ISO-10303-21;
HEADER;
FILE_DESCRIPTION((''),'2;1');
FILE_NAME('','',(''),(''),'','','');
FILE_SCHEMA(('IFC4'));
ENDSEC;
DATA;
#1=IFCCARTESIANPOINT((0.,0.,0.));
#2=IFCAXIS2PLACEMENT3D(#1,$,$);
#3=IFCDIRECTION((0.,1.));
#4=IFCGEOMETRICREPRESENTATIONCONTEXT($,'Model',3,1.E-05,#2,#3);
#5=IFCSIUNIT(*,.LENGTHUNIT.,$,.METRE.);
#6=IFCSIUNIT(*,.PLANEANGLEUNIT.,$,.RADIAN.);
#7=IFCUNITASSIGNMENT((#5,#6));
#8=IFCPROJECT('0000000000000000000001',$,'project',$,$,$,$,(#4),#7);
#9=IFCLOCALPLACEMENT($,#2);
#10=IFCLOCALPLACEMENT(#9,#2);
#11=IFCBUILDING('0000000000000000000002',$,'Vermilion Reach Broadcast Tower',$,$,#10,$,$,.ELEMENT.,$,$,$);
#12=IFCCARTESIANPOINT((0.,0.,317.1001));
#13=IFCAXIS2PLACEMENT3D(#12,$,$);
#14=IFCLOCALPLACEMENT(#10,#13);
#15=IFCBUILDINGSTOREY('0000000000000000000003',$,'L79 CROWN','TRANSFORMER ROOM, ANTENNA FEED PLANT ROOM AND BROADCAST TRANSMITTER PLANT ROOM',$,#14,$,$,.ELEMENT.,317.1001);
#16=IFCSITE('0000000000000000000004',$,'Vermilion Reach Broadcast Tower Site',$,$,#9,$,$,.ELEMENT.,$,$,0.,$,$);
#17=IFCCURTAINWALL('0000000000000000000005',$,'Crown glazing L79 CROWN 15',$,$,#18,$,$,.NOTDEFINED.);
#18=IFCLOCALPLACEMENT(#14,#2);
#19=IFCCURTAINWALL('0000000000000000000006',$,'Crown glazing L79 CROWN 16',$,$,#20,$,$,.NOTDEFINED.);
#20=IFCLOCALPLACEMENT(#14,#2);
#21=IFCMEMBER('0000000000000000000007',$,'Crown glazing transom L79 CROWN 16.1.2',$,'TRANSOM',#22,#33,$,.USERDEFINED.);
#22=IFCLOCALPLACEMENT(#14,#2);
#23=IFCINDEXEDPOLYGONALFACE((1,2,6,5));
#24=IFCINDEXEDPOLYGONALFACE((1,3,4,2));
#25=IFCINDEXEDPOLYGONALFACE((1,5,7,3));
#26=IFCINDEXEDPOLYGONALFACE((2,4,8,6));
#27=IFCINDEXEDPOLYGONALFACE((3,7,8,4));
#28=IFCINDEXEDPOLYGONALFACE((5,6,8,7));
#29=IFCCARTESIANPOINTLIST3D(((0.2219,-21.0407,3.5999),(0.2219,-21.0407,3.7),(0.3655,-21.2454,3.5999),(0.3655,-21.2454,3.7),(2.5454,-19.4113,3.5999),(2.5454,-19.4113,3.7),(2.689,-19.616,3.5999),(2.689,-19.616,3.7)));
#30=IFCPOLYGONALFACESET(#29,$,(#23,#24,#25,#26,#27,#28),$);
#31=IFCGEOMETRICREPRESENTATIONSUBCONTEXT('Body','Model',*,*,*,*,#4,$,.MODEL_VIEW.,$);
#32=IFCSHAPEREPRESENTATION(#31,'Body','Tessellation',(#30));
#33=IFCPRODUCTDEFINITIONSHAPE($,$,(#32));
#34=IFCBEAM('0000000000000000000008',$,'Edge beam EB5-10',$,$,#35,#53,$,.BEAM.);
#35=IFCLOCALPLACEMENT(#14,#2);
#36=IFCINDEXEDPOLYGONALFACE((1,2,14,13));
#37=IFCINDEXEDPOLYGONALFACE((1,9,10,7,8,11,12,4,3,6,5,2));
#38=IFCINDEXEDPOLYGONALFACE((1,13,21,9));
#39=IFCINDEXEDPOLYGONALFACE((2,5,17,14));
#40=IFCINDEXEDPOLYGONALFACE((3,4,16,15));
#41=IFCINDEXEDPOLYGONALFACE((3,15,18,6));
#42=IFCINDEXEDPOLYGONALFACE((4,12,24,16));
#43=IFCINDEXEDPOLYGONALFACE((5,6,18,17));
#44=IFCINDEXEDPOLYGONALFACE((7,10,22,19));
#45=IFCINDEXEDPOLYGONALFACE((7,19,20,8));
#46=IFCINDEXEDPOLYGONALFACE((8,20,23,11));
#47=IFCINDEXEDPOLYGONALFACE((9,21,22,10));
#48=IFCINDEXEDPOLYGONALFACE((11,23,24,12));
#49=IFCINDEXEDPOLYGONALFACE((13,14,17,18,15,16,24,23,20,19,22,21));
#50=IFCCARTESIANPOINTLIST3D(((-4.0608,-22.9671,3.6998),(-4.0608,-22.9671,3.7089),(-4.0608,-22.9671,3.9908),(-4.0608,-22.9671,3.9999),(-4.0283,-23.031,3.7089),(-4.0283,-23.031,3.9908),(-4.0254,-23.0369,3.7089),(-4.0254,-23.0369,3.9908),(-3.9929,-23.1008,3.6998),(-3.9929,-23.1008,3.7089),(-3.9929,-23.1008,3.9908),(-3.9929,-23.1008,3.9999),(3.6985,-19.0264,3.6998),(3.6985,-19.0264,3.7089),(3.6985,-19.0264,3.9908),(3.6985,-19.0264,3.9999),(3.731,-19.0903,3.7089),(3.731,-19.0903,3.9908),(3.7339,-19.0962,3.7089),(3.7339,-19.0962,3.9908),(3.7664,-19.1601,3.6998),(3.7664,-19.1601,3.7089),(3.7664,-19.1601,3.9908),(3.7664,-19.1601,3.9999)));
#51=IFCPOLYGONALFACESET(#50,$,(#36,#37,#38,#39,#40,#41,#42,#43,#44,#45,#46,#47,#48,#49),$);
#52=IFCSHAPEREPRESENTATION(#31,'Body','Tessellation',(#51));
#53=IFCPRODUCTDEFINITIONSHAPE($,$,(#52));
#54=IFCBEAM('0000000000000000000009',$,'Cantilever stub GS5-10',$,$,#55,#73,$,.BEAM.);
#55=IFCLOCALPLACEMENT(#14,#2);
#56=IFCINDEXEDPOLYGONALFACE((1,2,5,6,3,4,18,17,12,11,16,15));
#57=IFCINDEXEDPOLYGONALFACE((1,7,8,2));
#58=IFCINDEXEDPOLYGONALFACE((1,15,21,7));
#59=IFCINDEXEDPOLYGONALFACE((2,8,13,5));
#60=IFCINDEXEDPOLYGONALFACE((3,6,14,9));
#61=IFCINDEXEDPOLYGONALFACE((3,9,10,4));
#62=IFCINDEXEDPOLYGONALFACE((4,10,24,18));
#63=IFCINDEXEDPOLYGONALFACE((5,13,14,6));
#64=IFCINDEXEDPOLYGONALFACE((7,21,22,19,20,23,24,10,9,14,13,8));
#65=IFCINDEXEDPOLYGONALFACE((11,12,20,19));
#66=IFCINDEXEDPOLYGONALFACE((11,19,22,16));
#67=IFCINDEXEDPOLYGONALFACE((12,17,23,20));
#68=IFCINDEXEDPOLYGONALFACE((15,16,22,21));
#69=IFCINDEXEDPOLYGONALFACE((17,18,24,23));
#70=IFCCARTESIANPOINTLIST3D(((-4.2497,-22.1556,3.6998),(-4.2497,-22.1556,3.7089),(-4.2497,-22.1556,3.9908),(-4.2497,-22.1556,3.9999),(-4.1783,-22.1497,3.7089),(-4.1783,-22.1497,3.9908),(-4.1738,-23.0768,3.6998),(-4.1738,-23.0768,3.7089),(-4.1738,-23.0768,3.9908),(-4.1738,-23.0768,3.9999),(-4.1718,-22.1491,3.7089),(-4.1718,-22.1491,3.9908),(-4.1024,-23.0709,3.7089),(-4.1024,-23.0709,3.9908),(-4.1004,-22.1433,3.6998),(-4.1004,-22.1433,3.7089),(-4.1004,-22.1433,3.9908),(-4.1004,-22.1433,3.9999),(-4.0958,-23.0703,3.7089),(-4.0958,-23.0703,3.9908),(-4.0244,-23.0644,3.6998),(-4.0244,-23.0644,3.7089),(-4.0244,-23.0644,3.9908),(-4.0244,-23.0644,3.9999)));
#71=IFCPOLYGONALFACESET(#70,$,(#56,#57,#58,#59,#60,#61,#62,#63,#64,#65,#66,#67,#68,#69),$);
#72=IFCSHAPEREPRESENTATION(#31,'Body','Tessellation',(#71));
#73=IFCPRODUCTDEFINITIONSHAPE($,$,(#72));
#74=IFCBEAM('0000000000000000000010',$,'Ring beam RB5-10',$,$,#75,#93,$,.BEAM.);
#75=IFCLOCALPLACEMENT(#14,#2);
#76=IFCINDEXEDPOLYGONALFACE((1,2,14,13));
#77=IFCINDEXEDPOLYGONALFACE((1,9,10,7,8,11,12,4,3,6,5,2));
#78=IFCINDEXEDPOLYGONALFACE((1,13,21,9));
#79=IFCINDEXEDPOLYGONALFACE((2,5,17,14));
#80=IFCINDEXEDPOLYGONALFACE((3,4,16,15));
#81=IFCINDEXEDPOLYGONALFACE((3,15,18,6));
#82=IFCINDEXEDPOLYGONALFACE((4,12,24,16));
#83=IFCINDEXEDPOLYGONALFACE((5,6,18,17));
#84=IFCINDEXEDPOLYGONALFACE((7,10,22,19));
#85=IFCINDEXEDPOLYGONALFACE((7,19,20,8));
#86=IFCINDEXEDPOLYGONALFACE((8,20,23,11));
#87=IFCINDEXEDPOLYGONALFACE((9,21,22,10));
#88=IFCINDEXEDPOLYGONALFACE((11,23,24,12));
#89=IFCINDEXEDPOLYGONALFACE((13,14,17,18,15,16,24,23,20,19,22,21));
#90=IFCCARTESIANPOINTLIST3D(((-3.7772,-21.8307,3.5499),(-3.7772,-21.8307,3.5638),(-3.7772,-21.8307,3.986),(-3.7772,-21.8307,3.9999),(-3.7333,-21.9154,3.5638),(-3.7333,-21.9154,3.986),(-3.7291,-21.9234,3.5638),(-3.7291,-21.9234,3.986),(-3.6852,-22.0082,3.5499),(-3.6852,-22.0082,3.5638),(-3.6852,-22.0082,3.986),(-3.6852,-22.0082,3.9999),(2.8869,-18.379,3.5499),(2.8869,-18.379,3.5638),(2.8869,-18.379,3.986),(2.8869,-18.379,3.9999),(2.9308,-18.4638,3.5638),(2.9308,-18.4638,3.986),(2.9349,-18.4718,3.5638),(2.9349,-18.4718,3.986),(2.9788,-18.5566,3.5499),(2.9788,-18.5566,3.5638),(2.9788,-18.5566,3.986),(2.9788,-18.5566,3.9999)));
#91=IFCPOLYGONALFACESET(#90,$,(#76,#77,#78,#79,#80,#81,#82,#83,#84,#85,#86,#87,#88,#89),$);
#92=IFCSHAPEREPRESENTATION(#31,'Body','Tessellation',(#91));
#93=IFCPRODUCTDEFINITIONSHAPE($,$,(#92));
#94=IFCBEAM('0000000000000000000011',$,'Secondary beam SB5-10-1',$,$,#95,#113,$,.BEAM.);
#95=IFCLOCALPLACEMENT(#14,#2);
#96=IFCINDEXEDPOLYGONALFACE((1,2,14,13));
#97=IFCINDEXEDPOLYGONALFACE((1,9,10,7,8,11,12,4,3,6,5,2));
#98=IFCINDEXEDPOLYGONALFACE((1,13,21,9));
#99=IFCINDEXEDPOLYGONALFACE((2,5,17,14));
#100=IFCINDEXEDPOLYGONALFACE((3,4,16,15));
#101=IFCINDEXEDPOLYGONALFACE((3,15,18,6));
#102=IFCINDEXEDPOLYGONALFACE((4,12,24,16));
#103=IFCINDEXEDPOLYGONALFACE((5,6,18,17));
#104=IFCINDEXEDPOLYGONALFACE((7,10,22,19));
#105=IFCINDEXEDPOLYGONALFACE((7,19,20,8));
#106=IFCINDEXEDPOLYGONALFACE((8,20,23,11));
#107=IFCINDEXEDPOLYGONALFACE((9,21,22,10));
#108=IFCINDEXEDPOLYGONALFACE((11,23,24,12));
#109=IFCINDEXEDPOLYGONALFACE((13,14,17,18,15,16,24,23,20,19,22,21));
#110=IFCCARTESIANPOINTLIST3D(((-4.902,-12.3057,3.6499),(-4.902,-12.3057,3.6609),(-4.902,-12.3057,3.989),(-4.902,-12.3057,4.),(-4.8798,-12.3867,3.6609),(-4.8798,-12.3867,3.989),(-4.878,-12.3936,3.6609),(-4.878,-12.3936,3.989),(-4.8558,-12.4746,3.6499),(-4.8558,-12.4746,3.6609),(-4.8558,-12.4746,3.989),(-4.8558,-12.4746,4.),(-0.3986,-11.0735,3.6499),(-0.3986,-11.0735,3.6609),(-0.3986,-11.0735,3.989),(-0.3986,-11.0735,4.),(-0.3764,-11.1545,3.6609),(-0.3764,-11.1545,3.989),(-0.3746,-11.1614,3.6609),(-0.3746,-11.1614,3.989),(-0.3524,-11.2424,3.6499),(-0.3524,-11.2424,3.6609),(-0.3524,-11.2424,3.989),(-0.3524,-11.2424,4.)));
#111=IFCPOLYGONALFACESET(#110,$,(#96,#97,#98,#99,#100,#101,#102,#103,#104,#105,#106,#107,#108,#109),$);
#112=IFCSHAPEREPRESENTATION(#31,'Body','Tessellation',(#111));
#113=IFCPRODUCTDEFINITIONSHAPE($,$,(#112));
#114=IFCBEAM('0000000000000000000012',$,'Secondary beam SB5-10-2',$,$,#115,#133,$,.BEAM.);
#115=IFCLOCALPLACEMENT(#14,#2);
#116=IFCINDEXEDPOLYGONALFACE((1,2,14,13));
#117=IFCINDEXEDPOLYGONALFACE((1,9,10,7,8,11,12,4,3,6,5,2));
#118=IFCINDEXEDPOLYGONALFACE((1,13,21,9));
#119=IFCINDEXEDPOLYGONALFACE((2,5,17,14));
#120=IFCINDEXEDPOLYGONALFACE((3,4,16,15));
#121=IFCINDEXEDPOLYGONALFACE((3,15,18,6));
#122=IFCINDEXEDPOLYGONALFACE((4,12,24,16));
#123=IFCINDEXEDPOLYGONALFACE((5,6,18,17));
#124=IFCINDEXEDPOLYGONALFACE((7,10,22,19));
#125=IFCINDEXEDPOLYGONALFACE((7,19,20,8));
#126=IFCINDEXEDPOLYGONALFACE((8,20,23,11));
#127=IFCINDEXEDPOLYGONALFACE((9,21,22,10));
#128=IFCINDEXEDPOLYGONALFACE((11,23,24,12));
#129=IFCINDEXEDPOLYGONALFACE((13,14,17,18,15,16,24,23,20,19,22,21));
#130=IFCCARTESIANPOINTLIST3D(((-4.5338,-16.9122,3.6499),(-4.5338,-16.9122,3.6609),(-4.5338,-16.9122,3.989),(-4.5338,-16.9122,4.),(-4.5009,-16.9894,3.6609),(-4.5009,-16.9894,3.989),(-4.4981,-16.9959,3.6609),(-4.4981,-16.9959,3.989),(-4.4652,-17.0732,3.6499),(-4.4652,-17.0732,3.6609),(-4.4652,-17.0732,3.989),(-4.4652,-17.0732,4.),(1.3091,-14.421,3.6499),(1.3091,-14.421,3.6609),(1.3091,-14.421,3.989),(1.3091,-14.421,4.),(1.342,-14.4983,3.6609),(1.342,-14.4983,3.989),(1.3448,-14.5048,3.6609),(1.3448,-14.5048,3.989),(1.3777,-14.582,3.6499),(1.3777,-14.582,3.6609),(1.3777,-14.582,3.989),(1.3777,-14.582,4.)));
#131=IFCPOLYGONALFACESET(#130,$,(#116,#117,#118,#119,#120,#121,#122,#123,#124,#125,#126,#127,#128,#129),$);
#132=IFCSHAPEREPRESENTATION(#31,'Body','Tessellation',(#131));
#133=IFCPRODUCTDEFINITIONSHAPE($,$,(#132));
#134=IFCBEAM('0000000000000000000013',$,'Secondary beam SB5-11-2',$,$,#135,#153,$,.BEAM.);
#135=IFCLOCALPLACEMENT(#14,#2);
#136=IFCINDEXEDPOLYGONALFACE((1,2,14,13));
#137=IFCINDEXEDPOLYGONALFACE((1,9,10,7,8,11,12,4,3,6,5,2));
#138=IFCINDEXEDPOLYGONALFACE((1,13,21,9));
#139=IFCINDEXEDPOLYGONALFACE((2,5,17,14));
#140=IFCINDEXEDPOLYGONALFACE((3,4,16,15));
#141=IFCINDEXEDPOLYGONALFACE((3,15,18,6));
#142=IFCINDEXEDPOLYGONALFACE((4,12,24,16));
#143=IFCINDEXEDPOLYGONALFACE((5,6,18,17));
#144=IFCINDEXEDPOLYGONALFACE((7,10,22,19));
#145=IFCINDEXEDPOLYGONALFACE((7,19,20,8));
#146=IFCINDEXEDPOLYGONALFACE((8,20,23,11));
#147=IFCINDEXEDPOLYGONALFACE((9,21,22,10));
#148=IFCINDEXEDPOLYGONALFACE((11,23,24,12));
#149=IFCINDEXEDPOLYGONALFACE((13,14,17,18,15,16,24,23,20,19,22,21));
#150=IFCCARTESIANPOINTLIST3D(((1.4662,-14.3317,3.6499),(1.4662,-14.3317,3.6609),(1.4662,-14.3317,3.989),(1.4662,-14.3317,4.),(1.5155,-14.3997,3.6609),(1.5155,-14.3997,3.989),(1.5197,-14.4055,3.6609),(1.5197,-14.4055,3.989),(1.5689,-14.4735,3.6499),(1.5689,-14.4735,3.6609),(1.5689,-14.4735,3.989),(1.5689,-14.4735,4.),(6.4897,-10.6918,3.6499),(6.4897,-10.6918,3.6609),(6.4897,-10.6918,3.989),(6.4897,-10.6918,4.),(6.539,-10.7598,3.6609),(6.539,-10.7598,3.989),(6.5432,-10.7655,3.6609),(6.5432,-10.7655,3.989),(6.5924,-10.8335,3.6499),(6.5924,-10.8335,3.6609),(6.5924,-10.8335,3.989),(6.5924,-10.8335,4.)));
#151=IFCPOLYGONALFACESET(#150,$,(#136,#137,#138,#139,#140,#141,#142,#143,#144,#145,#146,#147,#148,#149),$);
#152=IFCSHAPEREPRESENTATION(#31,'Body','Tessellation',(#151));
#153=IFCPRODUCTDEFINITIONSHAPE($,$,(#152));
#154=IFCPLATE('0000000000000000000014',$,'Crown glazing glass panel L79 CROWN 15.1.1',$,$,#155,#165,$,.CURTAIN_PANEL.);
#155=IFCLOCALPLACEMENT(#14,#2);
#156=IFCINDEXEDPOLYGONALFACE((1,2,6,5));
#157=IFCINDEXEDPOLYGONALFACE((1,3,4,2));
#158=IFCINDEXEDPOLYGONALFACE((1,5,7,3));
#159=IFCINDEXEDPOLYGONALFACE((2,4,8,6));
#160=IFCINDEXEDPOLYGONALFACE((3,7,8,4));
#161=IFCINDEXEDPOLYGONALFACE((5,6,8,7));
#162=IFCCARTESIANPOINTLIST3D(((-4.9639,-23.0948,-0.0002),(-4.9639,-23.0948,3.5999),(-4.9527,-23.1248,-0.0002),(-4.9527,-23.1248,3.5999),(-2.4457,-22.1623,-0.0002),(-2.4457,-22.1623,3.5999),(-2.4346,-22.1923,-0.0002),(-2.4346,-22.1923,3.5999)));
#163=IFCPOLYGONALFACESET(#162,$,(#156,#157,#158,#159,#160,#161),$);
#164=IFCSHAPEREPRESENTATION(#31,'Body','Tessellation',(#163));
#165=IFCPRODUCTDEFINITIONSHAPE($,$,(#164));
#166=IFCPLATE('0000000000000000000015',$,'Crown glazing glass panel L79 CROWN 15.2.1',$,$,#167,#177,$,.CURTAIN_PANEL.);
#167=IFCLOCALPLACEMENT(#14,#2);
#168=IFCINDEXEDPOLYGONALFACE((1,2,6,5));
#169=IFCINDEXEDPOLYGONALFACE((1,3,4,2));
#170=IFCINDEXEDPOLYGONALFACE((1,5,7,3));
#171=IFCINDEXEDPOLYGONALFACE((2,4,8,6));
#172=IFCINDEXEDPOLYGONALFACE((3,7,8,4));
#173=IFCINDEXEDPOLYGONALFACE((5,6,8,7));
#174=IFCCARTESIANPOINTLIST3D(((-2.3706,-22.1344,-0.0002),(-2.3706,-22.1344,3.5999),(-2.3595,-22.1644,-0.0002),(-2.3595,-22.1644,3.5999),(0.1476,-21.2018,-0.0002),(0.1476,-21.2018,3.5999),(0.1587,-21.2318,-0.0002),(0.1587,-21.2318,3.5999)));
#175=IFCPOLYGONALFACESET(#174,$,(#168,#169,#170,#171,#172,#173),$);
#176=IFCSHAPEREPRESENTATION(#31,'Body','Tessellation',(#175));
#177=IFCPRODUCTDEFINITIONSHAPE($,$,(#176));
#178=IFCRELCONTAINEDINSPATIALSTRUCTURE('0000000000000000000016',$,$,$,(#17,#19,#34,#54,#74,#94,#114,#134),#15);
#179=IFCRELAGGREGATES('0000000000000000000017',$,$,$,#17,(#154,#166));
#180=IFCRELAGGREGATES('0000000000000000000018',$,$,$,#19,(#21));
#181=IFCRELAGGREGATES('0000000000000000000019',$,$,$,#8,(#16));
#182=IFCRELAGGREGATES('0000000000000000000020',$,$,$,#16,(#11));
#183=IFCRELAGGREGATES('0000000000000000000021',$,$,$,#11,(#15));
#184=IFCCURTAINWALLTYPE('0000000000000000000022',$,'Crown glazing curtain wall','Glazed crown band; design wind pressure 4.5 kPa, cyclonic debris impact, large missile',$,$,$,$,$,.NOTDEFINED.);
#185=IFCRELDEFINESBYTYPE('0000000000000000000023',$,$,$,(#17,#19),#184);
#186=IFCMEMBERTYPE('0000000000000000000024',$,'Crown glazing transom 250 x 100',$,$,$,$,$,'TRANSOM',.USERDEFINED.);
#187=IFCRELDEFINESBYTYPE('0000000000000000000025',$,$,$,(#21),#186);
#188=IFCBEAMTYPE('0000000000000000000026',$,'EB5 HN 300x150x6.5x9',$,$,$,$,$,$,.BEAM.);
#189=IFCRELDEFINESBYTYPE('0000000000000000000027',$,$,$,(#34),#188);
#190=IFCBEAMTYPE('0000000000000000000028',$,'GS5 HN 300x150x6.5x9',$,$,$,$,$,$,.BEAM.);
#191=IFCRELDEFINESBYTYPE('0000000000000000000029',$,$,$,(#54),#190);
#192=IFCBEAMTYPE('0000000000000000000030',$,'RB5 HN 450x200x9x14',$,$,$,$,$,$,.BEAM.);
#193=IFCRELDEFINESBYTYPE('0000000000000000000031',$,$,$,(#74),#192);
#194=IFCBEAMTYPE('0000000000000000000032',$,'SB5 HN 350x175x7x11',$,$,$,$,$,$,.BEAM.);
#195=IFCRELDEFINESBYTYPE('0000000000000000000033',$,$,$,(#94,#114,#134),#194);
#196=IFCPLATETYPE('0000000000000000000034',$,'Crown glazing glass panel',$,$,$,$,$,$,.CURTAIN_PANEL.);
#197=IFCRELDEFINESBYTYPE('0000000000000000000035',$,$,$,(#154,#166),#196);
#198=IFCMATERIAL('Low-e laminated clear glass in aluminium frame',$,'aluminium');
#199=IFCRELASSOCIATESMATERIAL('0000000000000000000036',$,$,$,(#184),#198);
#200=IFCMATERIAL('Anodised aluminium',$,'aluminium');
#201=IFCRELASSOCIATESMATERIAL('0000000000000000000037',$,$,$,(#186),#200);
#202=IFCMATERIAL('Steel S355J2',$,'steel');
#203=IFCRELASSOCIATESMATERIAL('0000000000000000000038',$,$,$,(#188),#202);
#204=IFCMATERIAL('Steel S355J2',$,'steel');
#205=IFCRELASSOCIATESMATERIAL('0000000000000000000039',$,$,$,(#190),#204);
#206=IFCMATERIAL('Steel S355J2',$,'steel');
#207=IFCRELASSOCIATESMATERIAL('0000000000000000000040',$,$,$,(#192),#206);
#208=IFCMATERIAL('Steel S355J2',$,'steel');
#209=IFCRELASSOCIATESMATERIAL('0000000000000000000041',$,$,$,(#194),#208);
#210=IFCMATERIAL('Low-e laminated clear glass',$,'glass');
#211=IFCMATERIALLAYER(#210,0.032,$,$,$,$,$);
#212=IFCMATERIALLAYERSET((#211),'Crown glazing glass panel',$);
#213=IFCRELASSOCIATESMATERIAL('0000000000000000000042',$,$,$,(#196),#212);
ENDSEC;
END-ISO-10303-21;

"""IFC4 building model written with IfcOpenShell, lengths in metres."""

from ifc_helpers import new_model, si_unit, direction, frame, origin, origin_2d, place, context, subcontext, project, spatial, rectangle, i_section, extrude, material, layer, layer_set, material_profile, profile_set, type_object, element, aggregate, save


model = new_model("IFC4")

# Units and contexts
model_context = context("Model", 3, precision=1e-05, world=origin(), true_north=direction((0.0, 1.0)))
body_context = subcontext(model_context, "Body", "Model", "MODEL_VIEW")
ifc_project = project(units=[si_unit("LENGTHUNIT", "METRE"), si_unit("PLANEANGLEUNIT", "RADIAN")], contexts=[model_context])

# Site, building, storey
site_placement = place(None, origin())
site = spatial("IfcSite", under=ifc_project, at=site_placement, Name="Vermilion Reach Broadcast Tower Site", CompositionType="ELEMENT", RefElevation=0.0)
building_placement = place(site_placement, origin())
building = spatial("IfcBuilding", under=site, at=building_placement, Name="Vermilion Reach Broadcast Tower", CompositionType="ELEMENT")
storey_placement = place(building_placement, frame((0.0, 0.0, 317.1001)))
storey = spatial("IfcBuildingStorey", under=building, at=storey_placement, Name="L79 CROWN", Description="TRANSFORMER ROOM, ANTENNA FEED PLANT ROOM AND BROADCAST TRANSMITTER PLANT ROOM", CompositionType="ELEMENT", Elevation=317.1001)

# Shared definitions
ifc_material_1 = material(Name="Low-e laminated clear glass in aluminium frame", Category="aluminium")
curtain_wall_type = type_object("IfcCurtainWallType", Name="Crown glazing curtain wall", Description="Glazed crown band; design wind pressure 4.5 kPa, cyclonic debris impact, large missile", PredefinedType="NOTDEFINED", material=ifc_material_1)
placement = place(storey_placement, origin())

# Curtain walls
curtain_wall_1 = element("IfcCurtainWall", 1, at=placement, inside=storey, type_object=curtain_wall_type, Name="Crown glazing L79 CROWN 15", PredefinedType="NOTDEFINED")
curtain_wall_2 = element("IfcCurtainWall", 2, at=placement, inside=storey, type_object=curtain_wall_type, Name="Crown glazing L79 CROWN 16", PredefinedType="NOTDEFINED")

# Member
ifc_material_2 = material(Name="Anodised aluminium", Category="aluminium")
ifc_material_profile_1 = material_profile(ifc_material_2, rectangle(XDim=0.25, YDim=0.1001, at=origin_2d()), Name="Crown glazing transom 250 x 100")
ifc_profile_set_1 = profile_set([ifc_material_profile_1], Name="Anodised aluminium")
member_type_1 = type_object("IfcMemberType", Name="Crown glazing transom 250 x 100", ElementType="TRANSOM", PredefinedType="USERDEFINED", material=ifc_profile_set_1)
member_1_placement = place(storey_placement, frame((0.2937, -21.1431, 3.6499), z_axis=(0.818743, 0.574161, 0.0), x_axis=(-0.574161, 0.818743, 0.0)))
member_1 = element("IfcMember", 3, at=member_1_placement, type_object=member_type_1, Name="Crown glazing transom L79 CROWN 16.1.2", ObjectType="TRANSOM", PredefinedType="USERDEFINED", context=body_context, shape_type="SweptSolid", body=[
    extrude(rectangle(XDim=0.25, YDim=0.1001, at=origin_2d()), origin(), (0.0, 0.0, 1.0), 2.8379),
])

# Beams
ifc_material_3 = material(Name="Steel S355J2", Category="steel")
ifc_material_profile_2 = material_profile(ifc_material_3, i_section(OverallWidth=0.1499, OverallDepth=0.3, WebThickness=0.0066, FlangeThickness=0.009, at=origin_2d()), Name="S355J2 HN 300x150x6.5x9")
ifc_profile_set_2 = profile_set([ifc_material_profile_2], Name="Steel S355J2")
beam_type_1 = type_object("IfcBeamType", Name="EB5 HN 300x150x6.5x9", PredefinedType="BEAM", material=ifc_profile_set_2)
beam_1_placement = place(storey_placement, frame((-4.0269, -23.0339, 3.8499), z_axis=(0.891604, 0.452816, 0.0), x_axis=(-0.452816, 0.891604, 0.0)))
element("IfcBeam", 4, at=beam_1_placement, inside=storey, type_object=beam_type_1, Name="Edge beam EB5-10", PredefinedType="BEAM", context=body_context, shape_type="SweptSolid", body=[
    extrude(i_section(OverallWidth=0.1499, OverallDepth=0.3, WebThickness=0.0066, FlangeThickness=0.009, at=origin_2d()), origin(), (0.0, 0.0, 1.0), 8.7026),
])
ifc_material_4 = material(Name="Steel S355J2", Category="steel")
ifc_material_profile_3 = material_profile(ifc_material_4, i_section(OverallWidth=0.1499, OverallDepth=0.3, WebThickness=0.0066, FlangeThickness=0.009, at=origin_2d()), Name="S355J2 HN 300x150x6.5x9")
ifc_profile_set_3 = profile_set([ifc_material_profile_3], Name="Steel S355J2")
beam_type_2 = type_object("IfcBeamType", Name="GS5 HN 300x150x6.5x9", PredefinedType="BEAM", material=ifc_profile_set_3)
beam_2_placement = place(storey_placement, frame((-4.175, -22.1494, 3.8499), z_axis=(0.082149, -0.99662, 0.0), x_axis=(0.99662, 0.082149, 0.0)))
element("IfcBeam", 5, at=beam_2_placement, inside=storey, type_object=beam_type_2, Name="Cantilever stub GS5-10", PredefinedType="BEAM", context=body_context, shape_type="SweptSolid", body=[
    extrude(i_section(OverallWidth=0.1499, OverallDepth=0.3, WebThickness=0.0066, FlangeThickness=0.009, at=origin_2d()), origin(), (0.0, 0.0, 1.0), 0.9243),
])
ifc_material_5 = material(Name="Steel S355J2", Category="steel")
ifc_material_profile_4 = material_profile(ifc_material_5, i_section(OverallWidth=0.2, OverallDepth=0.45, WebThickness=0.009, FlangeThickness=0.0139, at=origin_2d()), Name="S355J2 HN 450x200x9x14")
ifc_profile_set_4 = profile_set([ifc_material_profile_4], Name="Steel S355J2")
beam_type_3 = type_object("IfcBeamType", Name="RB5 HN 450x200x9x14", PredefinedType="BEAM", material=ifc_profile_set_4)
beam_3_placement = place(storey_placement, frame((-3.7312, -21.9194, 3.7749), z_axis=(0.88796, 0.45992, 0.0), x_axis=(-0.45992, 0.88796, 0.0)))
element("IfcBeam", 6, at=beam_3_placement, inside=storey, type_object=beam_type_3, Name="Ring beam RB5-10", PredefinedType="BEAM", context=body_context, shape_type="SweptSolid", body=[
    extrude(i_section(OverallWidth=0.2, OverallDepth=0.45, WebThickness=0.009, FlangeThickness=0.0139, at=origin_2d()), origin(), (0.0, 0.0, 1.0), 7.5049),
])
ifc_material_6 = material(Name="Steel S355J2", Category="steel")
ifc_material_profile_5 = material_profile(ifc_material_6, i_section(OverallWidth=0.175, OverallDepth=0.3501, WebThickness=0.0071, FlangeThickness=0.011, at=origin_2d()), Name="S355J2 HN 350x175x7x11")
ifc_profile_set_5 = profile_set([ifc_material_profile_5], Name="Steel S355J2")
beam_type_4 = type_object("IfcBeamType", Name="SB5 HN 350x175x7x11", PredefinedType="BEAM", material=ifc_profile_set_5)
beam_4_placement = place(storey_placement, frame((-4.8789, -12.3901, 3.825), z_axis=(0.964547, 0.263909, 0.0), x_axis=(-0.263909, 0.964547, 0.0)))
element("IfcBeam", 7, at=beam_4_placement, inside=storey, type_object=beam_type_4, Name="Secondary beam SB5-10-1", PredefinedType="BEAM", context=body_context, shape_type="SweptSolid", body=[
    extrude(i_section(OverallWidth=0.175, OverallDepth=0.3501, WebThickness=0.0071, FlangeThickness=0.011, at=origin_2d()), origin(), (0.0, 0.0, 1.0), 4.6689),
])
beam_5_placement = place(storey_placement, frame((-4.4995, -16.9927, 3.825), z_axis=(0.919881, 0.392198, 0.0), x_axis=(-0.392198, 0.919881, 0.0)))
element("IfcBeam", 8, at=beam_5_placement, inside=storey, type_object=beam_type_4, Name="Secondary beam SB5-10-2", PredefinedType="BEAM", context=body_context, shape_type="SweptSolid", body=[
    extrude(i_section(OverallWidth=0.175, OverallDepth=0.3501, WebThickness=0.0071, FlangeThickness=0.011, at=origin_2d()), origin(), (0.0, 0.0, 1.0), 6.3518),
])
beam_6_placement = place(storey_placement, frame((1.5176, -14.4026, 3.825), z_axis=(0.809771, 0.586746, 0.0), x_axis=(-0.586746, 0.809771, 0.0)))
element("IfcBeam", 9, at=beam_6_placement, inside=storey, type_object=beam_type_4, Name="Secondary beam SB5-11-2", PredefinedType="BEAM", context=body_context, shape_type="SweptSolid", body=[
    extrude(i_section(OverallWidth=0.175, OverallDepth=0.3501, WebThickness=0.0071, FlangeThickness=0.011, at=origin_2d()), origin(), (0.0, 0.0, 1.0), 6.2036),
])

# Plates
ifc_material_7 = material(Name="Low-e laminated clear glass", Category="glass")
ifc_layer_1 = layer(ifc_material_7, 0.032)
ifc_layer_set_1 = layer_set([ifc_layer_1], Name="Crown glazing glass panel")
plate_type = type_object("IfcPlateType", Name="Crown glazing glass panel", PredefinedType="CURTAIN_PANEL", material=ifc_layer_set_1)
plate_1_placement = place(storey_placement, frame((-3.6992, -22.6436, -0.0002), z_axis=(0.0, 0.0, 1.0), x_axis=(0.937757, 0.347291, 0.0)))
plate_1 = element("IfcPlate", 10, at=plate_1_placement, type_object=plate_type, Name="Crown glazing glass panel L79 CROWN 15.1.1", PredefinedType="CURTAIN_PANEL", context=body_context, shape_type="SweptSolid", body=[
    extrude(rectangle(XDim=2.6853, YDim=0.032, at=origin_2d()), origin(), (0.0, 0.0, 1.0), 3.6001),
])
plate_2_placement = place(storey_placement, frame((-1.106, -21.6831, -0.0002), z_axis=(0.0, 0.0, 1.0), x_axis=(0.937757, 0.347291, 0.0)))
plate_2 = element("IfcPlate", 11, at=plate_2_placement, type_object=plate_type, Name="Crown glazing glass panel L79 CROWN 15.2.1", PredefinedType="CURTAIN_PANEL", context=body_context, shape_type="SweptSolid", body=[
    extrude(rectangle(XDim=2.6853, YDim=0.032, at=origin_2d()), origin(), (0.0, 0.0, 1.0), 3.6001),
])
aggregate(curtain_wall_1, [plate_1, plate_2])
aggregate(curtain_wall_2, [member_1])

save(model, "model.ifc")
